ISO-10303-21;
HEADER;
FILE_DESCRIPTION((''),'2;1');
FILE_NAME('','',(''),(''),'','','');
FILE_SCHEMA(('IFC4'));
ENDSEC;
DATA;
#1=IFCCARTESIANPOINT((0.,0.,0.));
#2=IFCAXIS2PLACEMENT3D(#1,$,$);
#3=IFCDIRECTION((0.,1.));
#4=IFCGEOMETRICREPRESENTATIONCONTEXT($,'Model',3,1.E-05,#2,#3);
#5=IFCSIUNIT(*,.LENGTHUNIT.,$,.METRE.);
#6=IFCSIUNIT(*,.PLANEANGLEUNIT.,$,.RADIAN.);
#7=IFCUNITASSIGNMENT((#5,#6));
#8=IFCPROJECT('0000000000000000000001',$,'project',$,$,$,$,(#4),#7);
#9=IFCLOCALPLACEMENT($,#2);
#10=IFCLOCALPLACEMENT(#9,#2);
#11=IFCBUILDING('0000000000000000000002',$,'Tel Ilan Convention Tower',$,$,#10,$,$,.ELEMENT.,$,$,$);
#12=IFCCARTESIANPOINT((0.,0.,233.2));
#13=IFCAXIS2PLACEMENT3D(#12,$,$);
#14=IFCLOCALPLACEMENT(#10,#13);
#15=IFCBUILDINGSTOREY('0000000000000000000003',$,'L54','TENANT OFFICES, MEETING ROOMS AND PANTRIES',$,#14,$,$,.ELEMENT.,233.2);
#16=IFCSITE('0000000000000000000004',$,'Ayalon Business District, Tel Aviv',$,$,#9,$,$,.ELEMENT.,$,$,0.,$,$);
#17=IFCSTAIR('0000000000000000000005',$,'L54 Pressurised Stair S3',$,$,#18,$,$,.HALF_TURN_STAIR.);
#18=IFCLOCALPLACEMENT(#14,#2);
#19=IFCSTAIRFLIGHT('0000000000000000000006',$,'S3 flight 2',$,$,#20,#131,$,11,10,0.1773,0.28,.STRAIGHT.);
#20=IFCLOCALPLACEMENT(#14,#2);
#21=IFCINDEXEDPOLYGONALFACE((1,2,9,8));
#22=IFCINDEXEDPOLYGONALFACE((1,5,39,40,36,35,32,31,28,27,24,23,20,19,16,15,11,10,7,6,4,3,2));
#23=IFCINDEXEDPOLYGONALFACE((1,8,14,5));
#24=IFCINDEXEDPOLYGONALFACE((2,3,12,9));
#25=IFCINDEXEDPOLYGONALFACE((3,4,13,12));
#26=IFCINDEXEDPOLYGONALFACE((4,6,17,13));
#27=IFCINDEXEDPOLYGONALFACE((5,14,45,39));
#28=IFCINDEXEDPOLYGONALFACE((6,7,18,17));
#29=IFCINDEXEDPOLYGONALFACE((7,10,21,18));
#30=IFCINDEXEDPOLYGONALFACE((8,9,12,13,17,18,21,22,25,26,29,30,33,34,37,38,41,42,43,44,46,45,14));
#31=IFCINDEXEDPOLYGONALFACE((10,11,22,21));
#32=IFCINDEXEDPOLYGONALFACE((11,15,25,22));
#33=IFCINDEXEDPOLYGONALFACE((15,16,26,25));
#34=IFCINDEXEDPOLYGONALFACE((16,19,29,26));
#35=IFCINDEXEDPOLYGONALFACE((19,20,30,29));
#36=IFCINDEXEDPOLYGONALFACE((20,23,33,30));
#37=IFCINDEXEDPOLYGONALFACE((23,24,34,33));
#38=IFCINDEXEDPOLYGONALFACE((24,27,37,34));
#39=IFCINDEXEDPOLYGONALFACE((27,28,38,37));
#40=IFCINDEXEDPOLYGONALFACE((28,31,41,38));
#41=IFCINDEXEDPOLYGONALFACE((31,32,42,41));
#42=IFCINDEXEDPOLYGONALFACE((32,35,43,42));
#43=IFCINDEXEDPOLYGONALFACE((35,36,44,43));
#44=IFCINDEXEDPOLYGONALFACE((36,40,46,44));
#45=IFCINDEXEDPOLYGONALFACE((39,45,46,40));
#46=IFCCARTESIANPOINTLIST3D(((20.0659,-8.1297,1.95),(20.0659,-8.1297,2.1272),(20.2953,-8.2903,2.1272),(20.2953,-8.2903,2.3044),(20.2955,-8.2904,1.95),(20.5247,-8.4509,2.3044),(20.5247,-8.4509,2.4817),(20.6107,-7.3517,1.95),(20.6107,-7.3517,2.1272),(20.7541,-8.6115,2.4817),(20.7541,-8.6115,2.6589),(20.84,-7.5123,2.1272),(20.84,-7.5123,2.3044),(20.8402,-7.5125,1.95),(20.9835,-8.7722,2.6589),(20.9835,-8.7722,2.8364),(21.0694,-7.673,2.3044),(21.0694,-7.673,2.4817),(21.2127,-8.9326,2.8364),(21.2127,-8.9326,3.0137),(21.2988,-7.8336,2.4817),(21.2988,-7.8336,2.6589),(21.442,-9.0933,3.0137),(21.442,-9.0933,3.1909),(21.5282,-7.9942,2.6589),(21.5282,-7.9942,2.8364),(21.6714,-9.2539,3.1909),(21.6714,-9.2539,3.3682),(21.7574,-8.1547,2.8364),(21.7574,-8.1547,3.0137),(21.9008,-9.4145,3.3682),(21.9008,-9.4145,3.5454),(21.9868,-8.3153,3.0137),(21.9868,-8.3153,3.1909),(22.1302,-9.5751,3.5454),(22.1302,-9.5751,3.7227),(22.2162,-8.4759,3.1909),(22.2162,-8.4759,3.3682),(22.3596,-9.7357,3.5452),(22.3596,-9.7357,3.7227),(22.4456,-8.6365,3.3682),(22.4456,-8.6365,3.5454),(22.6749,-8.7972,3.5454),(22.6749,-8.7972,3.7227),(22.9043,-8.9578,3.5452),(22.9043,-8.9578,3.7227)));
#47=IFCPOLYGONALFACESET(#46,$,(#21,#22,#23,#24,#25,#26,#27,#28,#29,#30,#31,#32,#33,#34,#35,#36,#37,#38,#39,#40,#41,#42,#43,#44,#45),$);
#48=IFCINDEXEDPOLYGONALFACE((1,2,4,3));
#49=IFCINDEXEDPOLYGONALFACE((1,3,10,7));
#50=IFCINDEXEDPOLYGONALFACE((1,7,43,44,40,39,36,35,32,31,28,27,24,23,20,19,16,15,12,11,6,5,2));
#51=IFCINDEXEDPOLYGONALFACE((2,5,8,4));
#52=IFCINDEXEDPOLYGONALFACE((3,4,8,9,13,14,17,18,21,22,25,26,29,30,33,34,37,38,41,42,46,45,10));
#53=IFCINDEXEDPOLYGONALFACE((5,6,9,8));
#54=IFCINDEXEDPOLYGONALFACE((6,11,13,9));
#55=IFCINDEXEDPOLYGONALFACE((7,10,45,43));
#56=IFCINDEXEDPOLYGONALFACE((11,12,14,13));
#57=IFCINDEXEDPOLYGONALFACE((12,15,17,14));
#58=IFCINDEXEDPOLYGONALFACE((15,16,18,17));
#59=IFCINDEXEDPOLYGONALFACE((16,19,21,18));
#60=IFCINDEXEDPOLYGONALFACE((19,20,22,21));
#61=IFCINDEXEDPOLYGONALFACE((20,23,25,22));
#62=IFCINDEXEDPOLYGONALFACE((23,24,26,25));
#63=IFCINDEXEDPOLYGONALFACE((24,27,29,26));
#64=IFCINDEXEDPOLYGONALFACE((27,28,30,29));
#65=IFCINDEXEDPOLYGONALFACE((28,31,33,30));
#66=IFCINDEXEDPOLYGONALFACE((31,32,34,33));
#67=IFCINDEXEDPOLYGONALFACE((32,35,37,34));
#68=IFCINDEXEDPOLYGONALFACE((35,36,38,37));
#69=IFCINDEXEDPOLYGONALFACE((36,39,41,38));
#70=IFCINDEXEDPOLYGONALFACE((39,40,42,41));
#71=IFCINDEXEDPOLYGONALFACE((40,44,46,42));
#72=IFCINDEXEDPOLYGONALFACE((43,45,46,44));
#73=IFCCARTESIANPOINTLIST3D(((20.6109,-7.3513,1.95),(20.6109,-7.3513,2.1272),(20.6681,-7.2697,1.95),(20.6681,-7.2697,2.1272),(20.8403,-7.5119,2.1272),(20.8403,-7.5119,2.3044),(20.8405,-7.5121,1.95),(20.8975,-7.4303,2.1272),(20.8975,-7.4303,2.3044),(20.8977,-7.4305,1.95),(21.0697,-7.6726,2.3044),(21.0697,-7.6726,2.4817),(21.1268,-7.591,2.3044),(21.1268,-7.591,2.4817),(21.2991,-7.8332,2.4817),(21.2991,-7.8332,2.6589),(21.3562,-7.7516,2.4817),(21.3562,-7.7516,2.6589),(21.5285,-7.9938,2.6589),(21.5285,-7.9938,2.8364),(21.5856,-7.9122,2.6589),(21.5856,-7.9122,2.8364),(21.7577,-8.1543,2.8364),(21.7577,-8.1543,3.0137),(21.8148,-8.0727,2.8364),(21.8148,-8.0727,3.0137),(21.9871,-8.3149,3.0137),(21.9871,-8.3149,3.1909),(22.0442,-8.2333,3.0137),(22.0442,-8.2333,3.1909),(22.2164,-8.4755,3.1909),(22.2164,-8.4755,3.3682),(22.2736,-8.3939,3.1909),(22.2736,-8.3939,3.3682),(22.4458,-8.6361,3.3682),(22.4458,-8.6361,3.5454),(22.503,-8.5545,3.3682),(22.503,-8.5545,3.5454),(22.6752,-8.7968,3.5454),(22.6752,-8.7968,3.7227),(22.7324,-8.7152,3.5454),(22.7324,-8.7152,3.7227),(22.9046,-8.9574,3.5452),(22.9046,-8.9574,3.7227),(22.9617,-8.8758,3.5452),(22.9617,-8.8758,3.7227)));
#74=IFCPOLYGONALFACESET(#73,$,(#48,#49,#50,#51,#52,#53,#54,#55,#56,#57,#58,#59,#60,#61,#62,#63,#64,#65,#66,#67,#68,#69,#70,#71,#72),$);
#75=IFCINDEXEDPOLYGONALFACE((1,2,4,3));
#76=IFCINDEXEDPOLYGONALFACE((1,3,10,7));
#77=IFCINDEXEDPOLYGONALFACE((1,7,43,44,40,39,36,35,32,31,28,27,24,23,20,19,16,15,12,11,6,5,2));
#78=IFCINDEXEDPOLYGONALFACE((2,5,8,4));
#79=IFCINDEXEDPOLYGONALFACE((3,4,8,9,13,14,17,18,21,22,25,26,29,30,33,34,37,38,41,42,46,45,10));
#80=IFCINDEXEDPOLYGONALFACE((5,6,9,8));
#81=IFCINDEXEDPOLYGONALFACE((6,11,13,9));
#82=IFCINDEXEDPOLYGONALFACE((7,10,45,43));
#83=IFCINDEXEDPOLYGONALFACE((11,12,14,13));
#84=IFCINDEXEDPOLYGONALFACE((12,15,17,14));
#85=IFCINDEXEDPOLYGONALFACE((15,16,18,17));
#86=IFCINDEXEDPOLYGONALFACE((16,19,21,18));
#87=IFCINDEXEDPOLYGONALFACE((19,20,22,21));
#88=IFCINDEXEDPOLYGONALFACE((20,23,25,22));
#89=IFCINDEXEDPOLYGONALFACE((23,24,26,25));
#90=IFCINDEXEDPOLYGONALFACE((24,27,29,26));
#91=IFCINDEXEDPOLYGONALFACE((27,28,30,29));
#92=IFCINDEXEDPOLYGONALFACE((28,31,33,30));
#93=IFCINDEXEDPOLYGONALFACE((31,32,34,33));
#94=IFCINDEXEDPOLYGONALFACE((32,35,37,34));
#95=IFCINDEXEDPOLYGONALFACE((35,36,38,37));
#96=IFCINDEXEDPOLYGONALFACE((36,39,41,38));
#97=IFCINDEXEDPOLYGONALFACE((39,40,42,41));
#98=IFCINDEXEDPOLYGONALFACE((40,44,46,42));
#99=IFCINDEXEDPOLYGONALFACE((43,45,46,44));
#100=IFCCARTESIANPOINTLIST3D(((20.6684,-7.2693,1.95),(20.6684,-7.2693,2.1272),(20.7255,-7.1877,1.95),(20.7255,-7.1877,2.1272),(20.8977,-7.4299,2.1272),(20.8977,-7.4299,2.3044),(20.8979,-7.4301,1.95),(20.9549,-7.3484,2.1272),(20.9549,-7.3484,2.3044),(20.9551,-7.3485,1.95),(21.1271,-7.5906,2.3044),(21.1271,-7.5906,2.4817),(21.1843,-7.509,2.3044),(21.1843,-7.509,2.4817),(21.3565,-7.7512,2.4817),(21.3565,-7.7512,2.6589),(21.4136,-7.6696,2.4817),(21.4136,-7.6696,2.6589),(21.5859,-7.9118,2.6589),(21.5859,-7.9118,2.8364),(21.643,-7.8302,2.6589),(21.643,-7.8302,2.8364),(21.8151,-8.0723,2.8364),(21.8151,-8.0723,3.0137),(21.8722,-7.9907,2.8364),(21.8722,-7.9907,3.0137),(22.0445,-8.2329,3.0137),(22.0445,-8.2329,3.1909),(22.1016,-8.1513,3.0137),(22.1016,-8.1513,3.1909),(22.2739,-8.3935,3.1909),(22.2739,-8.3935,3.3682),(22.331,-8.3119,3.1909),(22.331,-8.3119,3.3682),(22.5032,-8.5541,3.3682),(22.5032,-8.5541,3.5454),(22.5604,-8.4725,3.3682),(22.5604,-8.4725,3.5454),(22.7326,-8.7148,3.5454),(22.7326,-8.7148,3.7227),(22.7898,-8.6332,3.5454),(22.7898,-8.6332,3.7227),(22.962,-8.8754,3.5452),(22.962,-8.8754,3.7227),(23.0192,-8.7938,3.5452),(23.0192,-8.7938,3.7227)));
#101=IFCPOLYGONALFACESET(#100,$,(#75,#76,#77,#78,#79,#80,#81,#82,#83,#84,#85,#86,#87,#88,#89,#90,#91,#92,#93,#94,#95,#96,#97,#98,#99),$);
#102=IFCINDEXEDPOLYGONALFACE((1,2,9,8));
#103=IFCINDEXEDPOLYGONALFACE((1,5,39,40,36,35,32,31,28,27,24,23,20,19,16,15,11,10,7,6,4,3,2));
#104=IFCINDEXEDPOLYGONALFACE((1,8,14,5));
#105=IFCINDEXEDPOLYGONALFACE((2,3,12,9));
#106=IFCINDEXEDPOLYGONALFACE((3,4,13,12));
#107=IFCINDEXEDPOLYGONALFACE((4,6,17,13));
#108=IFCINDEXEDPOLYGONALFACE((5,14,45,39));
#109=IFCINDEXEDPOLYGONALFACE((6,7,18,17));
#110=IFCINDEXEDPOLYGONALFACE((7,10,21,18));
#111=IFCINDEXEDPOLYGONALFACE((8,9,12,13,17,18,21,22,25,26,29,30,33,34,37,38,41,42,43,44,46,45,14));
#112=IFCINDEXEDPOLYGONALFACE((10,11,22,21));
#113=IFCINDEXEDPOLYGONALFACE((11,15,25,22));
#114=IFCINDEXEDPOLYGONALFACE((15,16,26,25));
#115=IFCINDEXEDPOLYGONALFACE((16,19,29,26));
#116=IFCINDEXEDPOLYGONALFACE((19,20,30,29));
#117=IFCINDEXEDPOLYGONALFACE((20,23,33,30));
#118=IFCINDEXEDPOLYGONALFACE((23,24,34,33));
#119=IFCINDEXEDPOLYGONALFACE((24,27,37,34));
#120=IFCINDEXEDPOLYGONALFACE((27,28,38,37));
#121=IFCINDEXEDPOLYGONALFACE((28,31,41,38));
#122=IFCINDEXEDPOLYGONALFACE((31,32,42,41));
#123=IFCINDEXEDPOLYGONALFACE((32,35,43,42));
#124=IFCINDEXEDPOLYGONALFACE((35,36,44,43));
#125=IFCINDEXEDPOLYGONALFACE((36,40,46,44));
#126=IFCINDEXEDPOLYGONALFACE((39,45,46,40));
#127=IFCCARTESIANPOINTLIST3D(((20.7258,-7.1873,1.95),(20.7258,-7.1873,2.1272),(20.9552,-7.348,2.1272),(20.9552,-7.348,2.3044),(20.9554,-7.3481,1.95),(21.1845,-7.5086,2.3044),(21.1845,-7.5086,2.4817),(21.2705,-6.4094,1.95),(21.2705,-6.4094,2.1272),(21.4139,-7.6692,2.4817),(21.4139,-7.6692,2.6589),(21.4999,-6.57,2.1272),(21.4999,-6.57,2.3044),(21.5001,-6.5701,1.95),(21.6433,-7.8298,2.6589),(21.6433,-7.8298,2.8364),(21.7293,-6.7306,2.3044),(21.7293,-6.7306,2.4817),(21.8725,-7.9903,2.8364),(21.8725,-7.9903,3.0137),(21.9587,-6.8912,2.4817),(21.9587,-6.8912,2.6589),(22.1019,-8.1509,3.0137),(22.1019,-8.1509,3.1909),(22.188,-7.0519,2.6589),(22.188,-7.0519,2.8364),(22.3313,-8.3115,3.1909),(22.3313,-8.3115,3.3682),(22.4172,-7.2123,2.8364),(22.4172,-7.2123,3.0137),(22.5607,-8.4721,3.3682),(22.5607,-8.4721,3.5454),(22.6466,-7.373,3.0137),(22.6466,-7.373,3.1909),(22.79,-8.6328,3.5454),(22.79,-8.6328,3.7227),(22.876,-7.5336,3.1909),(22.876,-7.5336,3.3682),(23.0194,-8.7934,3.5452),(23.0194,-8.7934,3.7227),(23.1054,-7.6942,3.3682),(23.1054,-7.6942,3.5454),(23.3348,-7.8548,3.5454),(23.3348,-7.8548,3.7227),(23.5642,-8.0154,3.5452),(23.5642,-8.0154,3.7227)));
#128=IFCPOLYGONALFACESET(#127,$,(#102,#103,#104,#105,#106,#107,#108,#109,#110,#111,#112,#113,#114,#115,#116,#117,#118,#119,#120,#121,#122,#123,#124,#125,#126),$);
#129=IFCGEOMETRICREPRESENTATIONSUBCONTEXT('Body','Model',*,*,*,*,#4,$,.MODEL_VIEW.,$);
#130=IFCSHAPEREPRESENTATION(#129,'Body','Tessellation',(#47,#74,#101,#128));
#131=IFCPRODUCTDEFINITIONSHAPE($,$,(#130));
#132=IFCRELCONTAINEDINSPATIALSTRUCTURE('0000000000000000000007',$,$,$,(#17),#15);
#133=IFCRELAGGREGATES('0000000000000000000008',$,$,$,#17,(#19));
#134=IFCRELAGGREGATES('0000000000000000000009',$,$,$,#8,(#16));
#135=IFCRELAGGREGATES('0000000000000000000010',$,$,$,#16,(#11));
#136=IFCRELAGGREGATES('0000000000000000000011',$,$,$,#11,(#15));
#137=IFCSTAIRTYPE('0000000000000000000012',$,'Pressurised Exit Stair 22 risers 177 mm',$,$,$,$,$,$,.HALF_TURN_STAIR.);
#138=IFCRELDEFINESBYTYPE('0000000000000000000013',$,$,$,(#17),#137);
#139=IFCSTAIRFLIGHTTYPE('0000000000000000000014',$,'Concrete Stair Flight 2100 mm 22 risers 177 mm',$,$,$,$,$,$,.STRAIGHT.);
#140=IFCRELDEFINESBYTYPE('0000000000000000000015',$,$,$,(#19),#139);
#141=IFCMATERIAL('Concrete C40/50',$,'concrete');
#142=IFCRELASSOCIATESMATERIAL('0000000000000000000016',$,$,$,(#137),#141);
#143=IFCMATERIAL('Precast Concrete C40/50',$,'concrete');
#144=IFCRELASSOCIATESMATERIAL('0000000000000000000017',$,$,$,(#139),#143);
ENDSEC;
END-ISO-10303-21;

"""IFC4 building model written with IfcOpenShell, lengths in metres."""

from ifc_helpers import new_model, si_unit, direction, frame, origin, place, context, subcontext, project, spatial, polyline, outline, extrude, material, type_object, element, aggregate, save


model = new_model("IFC4")

# Units and contexts
model_context = context("Model", 3, precision=1e-05, world=origin(), true_north=direction((0.0, 1.0)))
body_context = subcontext(model_context, "Body", "Model", "MODEL_VIEW")
ifc_project = project(units=[si_unit("LENGTHUNIT", "METRE"), si_unit("PLANEANGLEUNIT", "RADIAN")], contexts=[model_context])

# Site, building, storey
site_placement = place(None, origin())
site = spatial("IfcSite", under=ifc_project, at=site_placement, Name="Ayalon Business District, Tel Aviv", CompositionType="ELEMENT", RefElevation=0.0)
building_placement = place(site_placement, origin())
building = spatial("IfcBuilding", under=site, at=building_placement, Name="Tel Ilan Convention Tower", CompositionType="ELEMENT")
storey_placement = place(building_placement, frame((0.0, 0.0, 233.2)))
storey = spatial("IfcBuildingStorey", under=building, at=storey_placement, Name="L54", Description="TENANT OFFICES, MEETING ROOMS AND PANTRIES", CompositionType="ELEMENT", Elevation=233.2)

# Stair, stair flight
ifc_material_1 = material(Name="Concrete C40/50", Category="concrete")
stair_type = type_object("IfcStairType", Name="Pressurised Exit Stair 22 risers 177 mm", PredefinedType="HALF_TURN_STAIR", material=ifc_material_1)
stair_1_placement = place(storey_placement, origin())
stair_1 = element("IfcStair", 1, at=stair_1_placement, inside=storey, type_object=stair_type, Name="L54 Pressurised Stair S3", PredefinedType="HALF_TURN_STAIR")
ifc_material_2 = material(Name="Precast Concrete C40/50", Category="concrete")
stair_flight_type = type_object("IfcStairFlightType", Name="Concrete Stair Flight 2100 mm 22 risers 177 mm", PredefinedType="STRAIGHT", material=ifc_material_2)
stair_flight_1_placement = place(storey_placement, frame((20.6682, -7.2695, 1.95), z_axis=(0.0, 0.0, 1.0), x_axis=(0.819152, -0.573576, 0.0)))
stair_flight_1 = element("IfcStairFlight", 2, at=stair_flight_1_placement, type_object=stair_flight_type, Name="S3 flight 2", NumberOfRisers=11, NumberOfTreads=10, PredefinedType="STRAIGHT", RiserHeight=0.1773, TreadLength=0.28, context=body_context, shape_type="SweptSolid", body=[
    extrude(outline(polyline([(0.0, 0.0), (0.0, 0.1772), (0.28, 0.1772), (0.28, 0.3545), (0.5601, 0.3545), (0.5601, 0.5317), (0.8401, 0.5317), (0.8401, 0.709), (1.1201, 0.709), (1.1201, 0.8865), (1.3999, 0.8865), (1.3999, 1.0637), (1.6799, 1.0637), (1.6799, 1.241), (1.96, 1.241), (1.96, 1.4182), (2.24, 1.4182), (2.24, 1.5955), (2.52, 1.5955), (2.52, 1.7727), (2.8, 1.7727), (2.8, 1.95), (2.8, 1.5952), (0.2803, 0.0), (0.0, 0.0)])), frame((0.0, -0.1003, 0.0), z_axis=(0.0, -1.0, 0.0), x_axis=(1.0, 0.0, 0.0)), (0.0, 0.0, 1.0), 0.9497),
    extrude(outline(polyline([(0.0, 0.0), (0.0, 0.1772), (0.28, 0.1772), (0.28, 0.3545), (0.5601, 0.3545), (0.5601, 0.5317), (0.8401, 0.5317), (0.8401, 0.709), (1.1201, 0.709), (1.1201, 0.8865), (1.3999, 0.8865), (1.3999, 1.0637), (1.6799, 1.0637), (1.6799, 1.241), (1.96, 1.241), (1.96, 1.4182), (2.24, 1.4182), (2.24, 1.5955), (2.52, 1.5955), (2.52, 1.7727), (2.8, 1.7727), (2.8, 1.95), (2.8, 1.5952), (0.2803, 0.0), (0.0, 0.0)])), frame((0.0, -0.0002, 0.0), z_axis=(0.0, -1.0, 0.0), x_axis=(1.0, 0.0, 0.0)), (0.0, 0.0, 1.0), 0.0996),
    extrude(outline(polyline([(0.0, 0.0), (0.0, 0.1772), (0.28, 0.1772), (0.28, 0.3545), (0.5601, 0.3545), (0.5601, 0.5317), (0.8401, 0.5317), (0.8401, 0.709), (1.1201, 0.709), (1.1201, 0.8865), (1.3999, 0.8865), (1.3999, 1.0637), (1.6799, 1.0637), (1.6799, 1.241), (1.96, 1.241), (1.96, 1.4182), (2.24, 1.4182), (2.24, 1.5955), (2.52, 1.5955), (2.52, 1.7727), (2.8, 1.7727), (2.8, 1.95), (2.8, 1.5952), (0.2803, 0.0), (0.0, 0.0)])), frame((0.0, 0.0999, 0.0), z_axis=(0.0, -1.0, 0.0), x_axis=(1.0, 0.0, 0.0)), (0.0, 0.0, 1.0), 0.0996),
    extrude(outline(polyline([(0.0, 0.0), (0.0, 0.1772), (0.28, 0.1772), (0.28, 0.3545), (0.5601, 0.3545), (0.5601, 0.5317), (0.8401, 0.5317), (0.8401, 0.709), (1.1201, 0.709), (1.1201, 0.8865), (1.3999, 0.8865), (1.3999, 1.0637), (1.6799, 1.0637), (1.6799, 1.241), (1.96, 1.241), (1.96, 1.4182), (2.24, 1.4182), (2.24, 1.5955), (2.52, 1.5955), (2.52, 1.7727), (2.8, 1.7727), (2.8, 1.95), (2.8, 1.5952), (0.2803, 0.0), (0.0, 0.0)])), frame((0.0, 1.05, 0.0), z_axis=(0.0, -1.0, 0.0), x_axis=(1.0, 0.0, 0.0)), (0.0, 0.0, 1.0), 0.9497),
])
aggregate(stair_1, [stair_flight_1])

save(model, "model.ifc")
